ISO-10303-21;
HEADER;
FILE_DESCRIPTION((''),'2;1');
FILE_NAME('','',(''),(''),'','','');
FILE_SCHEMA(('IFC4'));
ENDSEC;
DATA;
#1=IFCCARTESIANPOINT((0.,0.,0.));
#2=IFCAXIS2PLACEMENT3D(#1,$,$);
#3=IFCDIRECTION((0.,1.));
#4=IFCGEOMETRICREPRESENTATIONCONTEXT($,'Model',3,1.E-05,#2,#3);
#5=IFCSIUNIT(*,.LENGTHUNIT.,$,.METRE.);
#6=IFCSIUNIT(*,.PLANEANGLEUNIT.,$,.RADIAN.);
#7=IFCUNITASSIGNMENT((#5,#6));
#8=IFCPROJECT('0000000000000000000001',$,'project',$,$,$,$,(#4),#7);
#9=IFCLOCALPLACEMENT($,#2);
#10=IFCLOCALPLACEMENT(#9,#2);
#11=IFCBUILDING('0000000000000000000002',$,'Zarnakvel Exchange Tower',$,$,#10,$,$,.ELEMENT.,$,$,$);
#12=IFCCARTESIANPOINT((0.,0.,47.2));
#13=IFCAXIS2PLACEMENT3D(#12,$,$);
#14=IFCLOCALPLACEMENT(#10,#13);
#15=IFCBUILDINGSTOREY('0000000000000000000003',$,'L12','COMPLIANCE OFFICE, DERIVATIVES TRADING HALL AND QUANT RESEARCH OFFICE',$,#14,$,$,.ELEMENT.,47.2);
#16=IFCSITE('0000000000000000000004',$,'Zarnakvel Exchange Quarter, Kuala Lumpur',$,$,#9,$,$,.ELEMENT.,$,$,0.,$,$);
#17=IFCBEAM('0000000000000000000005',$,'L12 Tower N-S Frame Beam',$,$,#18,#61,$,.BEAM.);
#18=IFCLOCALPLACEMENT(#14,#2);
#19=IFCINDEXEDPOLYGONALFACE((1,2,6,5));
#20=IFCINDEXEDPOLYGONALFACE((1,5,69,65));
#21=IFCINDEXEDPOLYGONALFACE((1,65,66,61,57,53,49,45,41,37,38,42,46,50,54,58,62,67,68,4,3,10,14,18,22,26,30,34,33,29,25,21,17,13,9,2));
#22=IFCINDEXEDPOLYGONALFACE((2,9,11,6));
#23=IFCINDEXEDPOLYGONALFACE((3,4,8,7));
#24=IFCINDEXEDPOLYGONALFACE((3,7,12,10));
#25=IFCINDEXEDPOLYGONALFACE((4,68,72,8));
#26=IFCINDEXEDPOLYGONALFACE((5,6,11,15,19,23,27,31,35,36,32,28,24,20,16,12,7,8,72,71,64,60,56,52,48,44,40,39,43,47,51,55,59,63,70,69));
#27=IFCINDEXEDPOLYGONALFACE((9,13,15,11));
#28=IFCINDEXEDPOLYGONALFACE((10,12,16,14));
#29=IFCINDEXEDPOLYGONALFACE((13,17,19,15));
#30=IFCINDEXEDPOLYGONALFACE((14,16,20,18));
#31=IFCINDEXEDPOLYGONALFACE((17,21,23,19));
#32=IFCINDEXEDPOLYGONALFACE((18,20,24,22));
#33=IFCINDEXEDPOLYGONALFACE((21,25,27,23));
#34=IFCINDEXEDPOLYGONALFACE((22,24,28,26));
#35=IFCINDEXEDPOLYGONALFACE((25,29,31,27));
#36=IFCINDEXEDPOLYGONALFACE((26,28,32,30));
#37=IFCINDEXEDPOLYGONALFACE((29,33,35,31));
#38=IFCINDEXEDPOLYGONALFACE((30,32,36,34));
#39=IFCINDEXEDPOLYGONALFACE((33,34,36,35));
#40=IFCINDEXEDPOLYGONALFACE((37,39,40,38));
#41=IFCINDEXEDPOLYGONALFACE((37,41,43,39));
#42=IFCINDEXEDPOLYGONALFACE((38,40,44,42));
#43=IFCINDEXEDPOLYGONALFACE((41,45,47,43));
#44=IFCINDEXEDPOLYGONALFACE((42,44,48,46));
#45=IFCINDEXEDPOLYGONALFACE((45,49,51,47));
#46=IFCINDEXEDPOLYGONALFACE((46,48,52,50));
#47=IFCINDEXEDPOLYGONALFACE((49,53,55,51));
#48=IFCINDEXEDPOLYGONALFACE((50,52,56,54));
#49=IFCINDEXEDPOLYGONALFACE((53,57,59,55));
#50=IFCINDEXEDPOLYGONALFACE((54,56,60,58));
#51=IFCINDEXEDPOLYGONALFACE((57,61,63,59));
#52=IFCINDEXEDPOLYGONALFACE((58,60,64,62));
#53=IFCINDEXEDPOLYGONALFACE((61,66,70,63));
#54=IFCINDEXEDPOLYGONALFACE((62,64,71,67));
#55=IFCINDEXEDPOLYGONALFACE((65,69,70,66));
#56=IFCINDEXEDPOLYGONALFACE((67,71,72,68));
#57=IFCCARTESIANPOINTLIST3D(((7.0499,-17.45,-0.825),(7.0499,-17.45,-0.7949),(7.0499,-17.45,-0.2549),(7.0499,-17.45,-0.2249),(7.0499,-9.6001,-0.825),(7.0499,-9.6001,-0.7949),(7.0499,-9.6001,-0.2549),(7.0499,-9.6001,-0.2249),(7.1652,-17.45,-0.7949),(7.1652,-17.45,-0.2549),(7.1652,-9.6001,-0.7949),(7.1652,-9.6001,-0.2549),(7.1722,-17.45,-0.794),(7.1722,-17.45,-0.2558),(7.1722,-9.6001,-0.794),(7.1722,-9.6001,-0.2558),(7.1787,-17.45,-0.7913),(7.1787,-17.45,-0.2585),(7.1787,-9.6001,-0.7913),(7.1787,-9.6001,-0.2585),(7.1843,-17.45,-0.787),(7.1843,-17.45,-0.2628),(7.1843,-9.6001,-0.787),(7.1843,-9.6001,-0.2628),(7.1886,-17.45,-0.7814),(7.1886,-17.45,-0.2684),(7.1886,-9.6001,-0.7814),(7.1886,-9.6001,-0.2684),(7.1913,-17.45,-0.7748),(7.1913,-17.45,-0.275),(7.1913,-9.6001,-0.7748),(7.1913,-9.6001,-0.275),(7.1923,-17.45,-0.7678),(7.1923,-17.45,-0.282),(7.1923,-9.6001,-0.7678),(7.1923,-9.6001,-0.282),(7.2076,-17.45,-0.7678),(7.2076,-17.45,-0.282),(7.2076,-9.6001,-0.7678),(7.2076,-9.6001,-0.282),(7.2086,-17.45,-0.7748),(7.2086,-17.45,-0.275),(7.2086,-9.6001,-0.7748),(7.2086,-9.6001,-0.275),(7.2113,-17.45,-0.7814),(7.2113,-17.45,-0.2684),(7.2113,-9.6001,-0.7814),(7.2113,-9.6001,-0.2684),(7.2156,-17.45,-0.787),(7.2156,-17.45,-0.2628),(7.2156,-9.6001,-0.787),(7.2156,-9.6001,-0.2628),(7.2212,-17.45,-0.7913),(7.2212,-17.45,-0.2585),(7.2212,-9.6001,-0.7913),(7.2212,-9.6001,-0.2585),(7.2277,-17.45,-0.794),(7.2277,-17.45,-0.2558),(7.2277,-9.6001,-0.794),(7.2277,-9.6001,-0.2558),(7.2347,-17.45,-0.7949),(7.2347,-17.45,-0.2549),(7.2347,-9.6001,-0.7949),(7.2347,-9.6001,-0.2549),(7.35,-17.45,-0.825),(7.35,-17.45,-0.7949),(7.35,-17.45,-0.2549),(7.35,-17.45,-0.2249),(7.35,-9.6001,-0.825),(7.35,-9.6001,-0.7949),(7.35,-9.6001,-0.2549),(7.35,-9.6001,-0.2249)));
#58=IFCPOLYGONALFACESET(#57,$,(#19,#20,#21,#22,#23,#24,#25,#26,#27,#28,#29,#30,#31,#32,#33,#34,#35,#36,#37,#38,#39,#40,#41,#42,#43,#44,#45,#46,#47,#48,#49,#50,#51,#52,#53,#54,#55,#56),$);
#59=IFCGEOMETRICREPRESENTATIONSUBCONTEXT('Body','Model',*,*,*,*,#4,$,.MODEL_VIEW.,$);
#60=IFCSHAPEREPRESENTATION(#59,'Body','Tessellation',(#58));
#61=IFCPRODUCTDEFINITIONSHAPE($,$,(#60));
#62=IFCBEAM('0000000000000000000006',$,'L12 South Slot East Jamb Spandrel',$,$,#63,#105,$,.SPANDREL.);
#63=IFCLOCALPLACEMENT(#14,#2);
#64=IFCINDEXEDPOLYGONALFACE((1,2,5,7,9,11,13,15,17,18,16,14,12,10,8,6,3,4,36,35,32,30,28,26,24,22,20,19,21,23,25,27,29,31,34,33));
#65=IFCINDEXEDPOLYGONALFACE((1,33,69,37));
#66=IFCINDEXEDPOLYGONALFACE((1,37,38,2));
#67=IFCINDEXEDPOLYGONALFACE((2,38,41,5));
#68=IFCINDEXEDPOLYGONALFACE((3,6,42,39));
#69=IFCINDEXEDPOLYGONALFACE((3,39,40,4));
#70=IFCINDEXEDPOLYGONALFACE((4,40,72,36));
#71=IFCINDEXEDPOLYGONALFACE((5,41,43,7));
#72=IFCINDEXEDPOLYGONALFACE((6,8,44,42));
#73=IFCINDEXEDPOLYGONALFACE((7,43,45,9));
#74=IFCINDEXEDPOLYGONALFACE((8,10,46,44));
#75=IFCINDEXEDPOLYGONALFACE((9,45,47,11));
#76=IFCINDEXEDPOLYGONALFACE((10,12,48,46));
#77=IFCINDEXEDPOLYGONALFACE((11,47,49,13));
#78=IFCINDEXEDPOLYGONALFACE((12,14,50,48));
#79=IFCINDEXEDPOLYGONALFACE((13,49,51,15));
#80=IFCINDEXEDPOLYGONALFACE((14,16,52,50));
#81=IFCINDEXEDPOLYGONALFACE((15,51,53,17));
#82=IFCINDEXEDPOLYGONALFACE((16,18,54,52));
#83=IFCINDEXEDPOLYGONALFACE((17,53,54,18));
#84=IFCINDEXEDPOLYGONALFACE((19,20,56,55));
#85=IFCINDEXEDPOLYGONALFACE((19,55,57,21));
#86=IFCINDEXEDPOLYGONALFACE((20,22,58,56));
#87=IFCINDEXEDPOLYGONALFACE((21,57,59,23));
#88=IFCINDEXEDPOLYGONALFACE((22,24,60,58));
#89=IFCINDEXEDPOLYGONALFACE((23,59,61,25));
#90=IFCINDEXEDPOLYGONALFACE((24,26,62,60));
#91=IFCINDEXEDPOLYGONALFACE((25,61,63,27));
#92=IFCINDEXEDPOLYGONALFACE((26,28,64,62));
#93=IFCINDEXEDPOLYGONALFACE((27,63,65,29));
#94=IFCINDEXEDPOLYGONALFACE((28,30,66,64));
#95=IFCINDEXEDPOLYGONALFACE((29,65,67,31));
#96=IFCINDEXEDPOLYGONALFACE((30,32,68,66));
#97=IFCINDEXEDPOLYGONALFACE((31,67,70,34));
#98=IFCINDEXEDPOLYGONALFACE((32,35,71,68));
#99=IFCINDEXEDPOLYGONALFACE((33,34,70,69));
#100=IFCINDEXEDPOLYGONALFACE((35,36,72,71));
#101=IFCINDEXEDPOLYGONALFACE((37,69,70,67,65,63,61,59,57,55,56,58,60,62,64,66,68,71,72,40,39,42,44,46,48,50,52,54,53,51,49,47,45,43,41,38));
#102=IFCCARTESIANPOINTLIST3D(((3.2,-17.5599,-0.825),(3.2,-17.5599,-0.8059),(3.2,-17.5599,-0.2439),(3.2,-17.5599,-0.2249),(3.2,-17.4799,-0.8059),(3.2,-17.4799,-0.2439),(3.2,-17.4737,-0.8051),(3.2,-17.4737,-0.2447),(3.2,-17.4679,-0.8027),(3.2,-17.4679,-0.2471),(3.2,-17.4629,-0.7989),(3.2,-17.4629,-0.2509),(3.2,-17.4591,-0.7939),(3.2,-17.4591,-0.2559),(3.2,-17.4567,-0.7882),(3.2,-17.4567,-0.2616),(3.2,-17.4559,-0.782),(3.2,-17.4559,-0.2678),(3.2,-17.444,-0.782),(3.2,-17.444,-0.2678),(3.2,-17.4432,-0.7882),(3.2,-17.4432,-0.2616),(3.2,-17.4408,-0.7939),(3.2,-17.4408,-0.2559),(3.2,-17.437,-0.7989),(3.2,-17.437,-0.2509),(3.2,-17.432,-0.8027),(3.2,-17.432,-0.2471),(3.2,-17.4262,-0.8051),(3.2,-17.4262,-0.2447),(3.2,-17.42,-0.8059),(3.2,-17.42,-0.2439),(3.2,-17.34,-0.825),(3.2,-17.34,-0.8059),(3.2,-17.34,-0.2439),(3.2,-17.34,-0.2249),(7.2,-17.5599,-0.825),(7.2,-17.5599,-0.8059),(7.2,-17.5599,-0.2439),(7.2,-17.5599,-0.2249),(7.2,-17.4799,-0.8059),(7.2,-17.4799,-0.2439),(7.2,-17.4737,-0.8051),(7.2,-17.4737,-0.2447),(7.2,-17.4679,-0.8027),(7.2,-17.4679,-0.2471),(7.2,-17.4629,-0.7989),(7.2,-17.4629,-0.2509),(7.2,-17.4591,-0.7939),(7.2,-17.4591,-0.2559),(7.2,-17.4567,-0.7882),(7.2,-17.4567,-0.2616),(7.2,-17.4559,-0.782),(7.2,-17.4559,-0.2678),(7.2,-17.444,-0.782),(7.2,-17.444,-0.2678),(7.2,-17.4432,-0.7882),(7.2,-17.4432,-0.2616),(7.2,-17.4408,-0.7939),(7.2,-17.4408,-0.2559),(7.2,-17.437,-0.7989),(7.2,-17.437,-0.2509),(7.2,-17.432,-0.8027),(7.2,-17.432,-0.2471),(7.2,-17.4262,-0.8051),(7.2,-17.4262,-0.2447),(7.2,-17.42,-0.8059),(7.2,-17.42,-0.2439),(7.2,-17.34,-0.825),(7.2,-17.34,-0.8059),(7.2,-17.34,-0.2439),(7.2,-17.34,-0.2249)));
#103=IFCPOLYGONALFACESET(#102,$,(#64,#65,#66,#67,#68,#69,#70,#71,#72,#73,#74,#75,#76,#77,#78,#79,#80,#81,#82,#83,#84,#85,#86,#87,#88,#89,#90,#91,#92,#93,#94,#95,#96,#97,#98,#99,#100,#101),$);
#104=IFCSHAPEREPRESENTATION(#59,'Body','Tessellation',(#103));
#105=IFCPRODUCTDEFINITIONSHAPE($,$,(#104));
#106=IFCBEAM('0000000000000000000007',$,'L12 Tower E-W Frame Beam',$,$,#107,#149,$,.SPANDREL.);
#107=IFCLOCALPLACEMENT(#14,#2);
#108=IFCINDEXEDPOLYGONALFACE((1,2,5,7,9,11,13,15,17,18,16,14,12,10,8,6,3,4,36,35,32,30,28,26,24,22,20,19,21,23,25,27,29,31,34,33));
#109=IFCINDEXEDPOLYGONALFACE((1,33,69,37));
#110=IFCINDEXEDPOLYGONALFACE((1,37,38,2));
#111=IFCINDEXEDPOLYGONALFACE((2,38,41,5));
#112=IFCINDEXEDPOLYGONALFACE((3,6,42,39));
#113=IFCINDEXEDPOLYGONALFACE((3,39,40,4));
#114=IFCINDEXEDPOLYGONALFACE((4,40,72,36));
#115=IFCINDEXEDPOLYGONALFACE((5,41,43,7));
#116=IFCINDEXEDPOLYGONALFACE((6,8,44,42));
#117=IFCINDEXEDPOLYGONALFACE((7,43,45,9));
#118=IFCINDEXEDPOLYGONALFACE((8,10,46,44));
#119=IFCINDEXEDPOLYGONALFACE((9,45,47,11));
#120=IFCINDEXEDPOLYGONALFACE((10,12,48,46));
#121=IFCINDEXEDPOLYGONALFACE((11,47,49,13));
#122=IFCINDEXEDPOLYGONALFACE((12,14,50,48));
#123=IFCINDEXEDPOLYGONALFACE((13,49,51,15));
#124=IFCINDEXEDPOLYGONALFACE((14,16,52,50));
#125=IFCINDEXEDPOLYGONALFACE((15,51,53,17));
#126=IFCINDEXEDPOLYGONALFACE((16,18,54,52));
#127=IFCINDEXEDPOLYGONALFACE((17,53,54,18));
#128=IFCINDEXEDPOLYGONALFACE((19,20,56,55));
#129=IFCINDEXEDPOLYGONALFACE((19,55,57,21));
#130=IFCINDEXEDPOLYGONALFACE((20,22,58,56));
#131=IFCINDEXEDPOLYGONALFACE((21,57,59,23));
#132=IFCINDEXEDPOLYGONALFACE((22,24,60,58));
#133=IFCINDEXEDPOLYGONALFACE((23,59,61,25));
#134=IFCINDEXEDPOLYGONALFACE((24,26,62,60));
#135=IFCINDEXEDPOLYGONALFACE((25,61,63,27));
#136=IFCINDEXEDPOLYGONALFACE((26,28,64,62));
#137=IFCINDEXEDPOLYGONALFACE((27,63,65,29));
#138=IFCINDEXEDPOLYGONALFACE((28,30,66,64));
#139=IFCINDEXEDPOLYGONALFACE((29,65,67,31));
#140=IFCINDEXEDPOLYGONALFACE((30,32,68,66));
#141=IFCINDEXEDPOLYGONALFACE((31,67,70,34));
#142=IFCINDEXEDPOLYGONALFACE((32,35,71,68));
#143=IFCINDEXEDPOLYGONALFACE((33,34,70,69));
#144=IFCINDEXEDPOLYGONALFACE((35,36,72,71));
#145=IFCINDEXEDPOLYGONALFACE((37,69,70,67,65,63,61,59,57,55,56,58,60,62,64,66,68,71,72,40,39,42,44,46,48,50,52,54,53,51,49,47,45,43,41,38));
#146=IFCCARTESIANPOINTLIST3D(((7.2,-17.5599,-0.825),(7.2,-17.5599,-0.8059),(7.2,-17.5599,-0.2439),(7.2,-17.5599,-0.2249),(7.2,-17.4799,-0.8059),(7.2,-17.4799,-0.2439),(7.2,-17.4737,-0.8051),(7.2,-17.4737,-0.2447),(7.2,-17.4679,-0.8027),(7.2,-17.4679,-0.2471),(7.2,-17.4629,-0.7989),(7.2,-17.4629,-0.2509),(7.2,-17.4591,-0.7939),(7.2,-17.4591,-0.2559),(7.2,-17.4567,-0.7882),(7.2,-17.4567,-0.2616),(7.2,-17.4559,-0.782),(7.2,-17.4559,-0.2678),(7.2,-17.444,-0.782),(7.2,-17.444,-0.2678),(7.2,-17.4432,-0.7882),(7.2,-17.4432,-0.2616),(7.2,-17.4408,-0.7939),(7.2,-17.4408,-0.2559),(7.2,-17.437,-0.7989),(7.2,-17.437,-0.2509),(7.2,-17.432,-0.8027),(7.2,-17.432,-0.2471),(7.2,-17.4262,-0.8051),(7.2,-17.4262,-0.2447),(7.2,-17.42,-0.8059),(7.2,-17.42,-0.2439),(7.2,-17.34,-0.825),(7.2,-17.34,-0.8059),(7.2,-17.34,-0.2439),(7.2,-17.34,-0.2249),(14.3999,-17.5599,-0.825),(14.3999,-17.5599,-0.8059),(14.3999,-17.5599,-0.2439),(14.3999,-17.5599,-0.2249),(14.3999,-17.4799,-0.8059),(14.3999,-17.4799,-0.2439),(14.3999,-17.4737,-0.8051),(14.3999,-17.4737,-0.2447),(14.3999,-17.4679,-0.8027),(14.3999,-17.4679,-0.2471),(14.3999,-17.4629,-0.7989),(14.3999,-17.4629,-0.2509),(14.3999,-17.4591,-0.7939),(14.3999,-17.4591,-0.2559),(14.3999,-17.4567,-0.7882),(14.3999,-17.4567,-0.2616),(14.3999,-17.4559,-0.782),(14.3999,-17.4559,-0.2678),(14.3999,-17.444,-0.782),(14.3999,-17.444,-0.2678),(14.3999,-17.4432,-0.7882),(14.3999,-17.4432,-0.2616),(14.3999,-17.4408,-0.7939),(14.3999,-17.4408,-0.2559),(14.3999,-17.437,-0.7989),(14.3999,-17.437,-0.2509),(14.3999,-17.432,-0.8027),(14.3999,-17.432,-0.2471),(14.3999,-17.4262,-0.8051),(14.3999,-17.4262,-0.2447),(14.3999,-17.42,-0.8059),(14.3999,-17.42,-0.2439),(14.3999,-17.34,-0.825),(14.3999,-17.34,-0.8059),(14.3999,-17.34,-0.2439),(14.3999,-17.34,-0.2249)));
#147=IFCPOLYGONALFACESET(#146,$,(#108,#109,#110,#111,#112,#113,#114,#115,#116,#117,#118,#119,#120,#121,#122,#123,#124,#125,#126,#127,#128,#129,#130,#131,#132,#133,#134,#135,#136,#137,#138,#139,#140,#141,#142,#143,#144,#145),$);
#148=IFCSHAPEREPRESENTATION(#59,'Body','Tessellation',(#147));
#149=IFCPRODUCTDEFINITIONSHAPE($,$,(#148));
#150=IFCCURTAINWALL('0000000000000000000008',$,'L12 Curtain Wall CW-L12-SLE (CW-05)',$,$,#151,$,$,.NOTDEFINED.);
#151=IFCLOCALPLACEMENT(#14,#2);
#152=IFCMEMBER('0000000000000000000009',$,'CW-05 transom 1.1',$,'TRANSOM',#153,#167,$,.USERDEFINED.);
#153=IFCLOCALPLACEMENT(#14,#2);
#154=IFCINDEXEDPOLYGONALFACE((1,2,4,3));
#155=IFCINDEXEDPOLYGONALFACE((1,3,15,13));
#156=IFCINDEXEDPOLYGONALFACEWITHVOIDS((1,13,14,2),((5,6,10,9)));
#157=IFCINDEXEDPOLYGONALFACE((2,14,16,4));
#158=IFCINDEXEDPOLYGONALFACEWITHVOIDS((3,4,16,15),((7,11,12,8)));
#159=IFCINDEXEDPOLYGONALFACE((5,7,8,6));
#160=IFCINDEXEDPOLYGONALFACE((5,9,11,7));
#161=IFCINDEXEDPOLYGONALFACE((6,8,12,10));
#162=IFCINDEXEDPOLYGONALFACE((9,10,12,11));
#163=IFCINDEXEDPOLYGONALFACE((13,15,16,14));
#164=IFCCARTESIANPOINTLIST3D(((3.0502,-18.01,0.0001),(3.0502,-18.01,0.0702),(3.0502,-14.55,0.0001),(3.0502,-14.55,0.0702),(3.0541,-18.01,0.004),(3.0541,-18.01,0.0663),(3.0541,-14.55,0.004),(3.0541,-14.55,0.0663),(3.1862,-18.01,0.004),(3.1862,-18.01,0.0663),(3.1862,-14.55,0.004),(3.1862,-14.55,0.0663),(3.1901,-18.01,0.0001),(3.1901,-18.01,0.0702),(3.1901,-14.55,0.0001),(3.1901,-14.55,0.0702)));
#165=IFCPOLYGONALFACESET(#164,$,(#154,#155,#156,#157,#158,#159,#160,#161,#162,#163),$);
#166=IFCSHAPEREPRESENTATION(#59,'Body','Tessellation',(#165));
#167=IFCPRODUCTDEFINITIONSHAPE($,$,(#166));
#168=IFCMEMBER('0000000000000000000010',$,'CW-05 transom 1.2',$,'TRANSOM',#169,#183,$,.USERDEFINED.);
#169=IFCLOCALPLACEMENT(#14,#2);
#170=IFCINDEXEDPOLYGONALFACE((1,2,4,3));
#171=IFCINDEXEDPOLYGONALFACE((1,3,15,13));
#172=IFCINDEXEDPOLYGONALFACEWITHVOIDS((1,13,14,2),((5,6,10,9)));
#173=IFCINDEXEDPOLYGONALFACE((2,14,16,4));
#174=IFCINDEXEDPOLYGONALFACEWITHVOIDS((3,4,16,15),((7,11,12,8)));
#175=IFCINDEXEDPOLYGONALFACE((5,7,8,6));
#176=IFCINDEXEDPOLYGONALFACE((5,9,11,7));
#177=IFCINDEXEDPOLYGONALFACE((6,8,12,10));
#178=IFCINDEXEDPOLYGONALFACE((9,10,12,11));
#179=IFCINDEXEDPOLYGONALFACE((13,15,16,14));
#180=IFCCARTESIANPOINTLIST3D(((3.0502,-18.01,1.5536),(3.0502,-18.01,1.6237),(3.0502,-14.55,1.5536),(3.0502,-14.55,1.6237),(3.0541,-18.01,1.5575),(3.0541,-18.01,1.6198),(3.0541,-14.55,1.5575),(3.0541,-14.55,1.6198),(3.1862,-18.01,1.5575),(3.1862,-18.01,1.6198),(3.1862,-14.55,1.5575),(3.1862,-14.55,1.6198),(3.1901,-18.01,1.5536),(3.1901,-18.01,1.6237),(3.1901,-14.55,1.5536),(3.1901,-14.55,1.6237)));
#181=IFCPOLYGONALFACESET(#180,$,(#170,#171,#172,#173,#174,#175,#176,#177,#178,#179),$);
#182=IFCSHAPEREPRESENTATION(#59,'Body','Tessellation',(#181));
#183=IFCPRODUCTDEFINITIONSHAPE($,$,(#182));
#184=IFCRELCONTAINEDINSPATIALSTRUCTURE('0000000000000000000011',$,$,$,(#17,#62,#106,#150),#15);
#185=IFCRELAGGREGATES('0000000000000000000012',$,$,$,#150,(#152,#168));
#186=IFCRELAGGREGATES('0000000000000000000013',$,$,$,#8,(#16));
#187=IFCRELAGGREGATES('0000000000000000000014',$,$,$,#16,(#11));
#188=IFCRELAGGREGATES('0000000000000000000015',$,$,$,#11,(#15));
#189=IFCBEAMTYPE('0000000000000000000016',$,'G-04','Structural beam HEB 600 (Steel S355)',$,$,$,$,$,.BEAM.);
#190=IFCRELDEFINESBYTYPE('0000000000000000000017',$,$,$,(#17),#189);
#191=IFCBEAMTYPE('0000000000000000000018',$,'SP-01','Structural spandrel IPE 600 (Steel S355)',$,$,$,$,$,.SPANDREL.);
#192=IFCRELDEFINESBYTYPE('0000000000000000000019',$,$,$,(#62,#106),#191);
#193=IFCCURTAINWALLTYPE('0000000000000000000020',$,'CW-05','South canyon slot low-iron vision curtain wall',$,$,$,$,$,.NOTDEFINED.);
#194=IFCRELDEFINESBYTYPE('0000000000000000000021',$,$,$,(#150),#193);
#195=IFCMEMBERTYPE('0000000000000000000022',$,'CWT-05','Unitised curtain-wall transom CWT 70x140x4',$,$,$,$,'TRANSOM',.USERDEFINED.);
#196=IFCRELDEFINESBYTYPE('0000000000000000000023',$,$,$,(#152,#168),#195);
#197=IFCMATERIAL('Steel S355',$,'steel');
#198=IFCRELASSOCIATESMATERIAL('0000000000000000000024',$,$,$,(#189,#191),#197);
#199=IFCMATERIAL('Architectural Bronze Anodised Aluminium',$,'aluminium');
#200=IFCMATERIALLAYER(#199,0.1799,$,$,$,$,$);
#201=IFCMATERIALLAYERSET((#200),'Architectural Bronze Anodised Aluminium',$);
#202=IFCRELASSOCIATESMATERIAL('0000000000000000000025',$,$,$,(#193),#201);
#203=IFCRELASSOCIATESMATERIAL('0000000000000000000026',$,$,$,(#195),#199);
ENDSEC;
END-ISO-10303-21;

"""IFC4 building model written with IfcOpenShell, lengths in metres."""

from ifc_helpers import new_model, si_unit, direction, frame, origin, origin_2d, place, context, subcontext, project, spatial, hollow_rectangle, i_section, extrude, source, transform, mapped, material, layer, layer_set, material_profile, profile_set, type_object, element, aggregate, save


model = new_model("IFC4")

# Units and contexts
model_context = context("Model", 3, precision=1e-05, world=origin(), true_north=direction((0.0, 1.0)))
body_context = subcontext(model_context, "Body", "Model", "MODEL_VIEW")
ifc_project = project(units=[si_unit("LENGTHUNIT", "METRE"), si_unit("PLANEANGLEUNIT", "RADIAN")], contexts=[model_context])

# Site, building, storey
site_placement = place(None, origin())
site = spatial("IfcSite", under=ifc_project, at=site_placement, Name="Zarnakvel Exchange Quarter, Kuala Lumpur", CompositionType="ELEMENT", RefElevation=0.0)
building_placement = place(site_placement, origin())
building = spatial("IfcBuilding", under=site, at=building_placement, Name="Zarnakvel Exchange Tower", CompositionType="ELEMENT")
storey_placement = place(building_placement, frame((0.0, 0.0, 47.2)))
storey = spatial("IfcBuildingStorey", under=building, at=storey_placement, Name="L12", Description="COMPLIANCE OFFICE, DERIVATIVES TRADING HALL AND QUANT RESEARCH OFFICE", CompositionType="ELEMENT", Elevation=47.2)

# Beams
ifc_material_1 = material(Name="Steel S355", Category="steel")
ifc_material_profile_1 = material_profile(ifc_material_1, i_section(OverallWidth=0.3, OverallDepth=0.6001, WebThickness=0.0154, FlangeThickness=0.03, FilletRadius=0.0271, at=origin_2d()))
ifc_profile_set_1 = profile_set([ifc_material_profile_1], Name="Steel S355")
beam_type_1 = type_object("IfcBeamType", Name="G-04", Description="Structural beam HEB 600 (Steel S355)", PredefinedType="BEAM", material=ifc_profile_set_1)
beam_1_placement = place(storey_placement, frame((7.2, -17.45, -0.5249), z_axis=(0.0, 1.0, 0.0), x_axis=(-1.0, 0.0, 0.0)))
element("IfcBeam", 1, at=beam_1_placement, inside=storey, type_object=beam_type_1, Name="L12 Tower N-S Frame Beam", PredefinedType="BEAM", context=body_context, shape_type="SweptSolid", body=[
    extrude(i_section(OverallWidth=0.3, OverallDepth=0.6001, WebThickness=0.0154, FlangeThickness=0.03, FilletRadius=0.0271, at=origin_2d()), origin(), (0.0, 0.0, 1.0), 7.8499),
])
ifc_material_profile_2 = material_profile(ifc_material_1, i_section(OverallWidth=0.22, OverallDepth=0.6001, WebThickness=0.012, FlangeThickness=0.019, FilletRadius=0.0239, at=origin_2d()))
ifc_profile_set_2 = profile_set([ifc_material_profile_2], Name="Steel S355")
beam_type_2 = type_object("IfcBeamType", Name="SP-01", Description="Structural spandrel IPE 600 (Steel S355)", PredefinedType="SPANDREL", material=ifc_profile_set_2)
beam_2_placement = place(storey_placement, frame((3.2, -17.45, -0.5249), z_axis=(1.0, 0.0, 0.0), x_axis=(0.0, 1.0, 0.0)))
element("IfcBeam", 2, at=beam_2_placement, inside=storey, type_object=beam_type_2, Name="L12 South Slot East Jamb Spandrel", PredefinedType="SPANDREL", context=body_context, shape_type="SweptSolid", body=[
    extrude(i_section(OverallWidth=0.22, OverallDepth=0.6001, WebThickness=0.012, FlangeThickness=0.019, FilletRadius=0.0239, at=origin_2d()), origin(), (0.0, 0.0, 1.0), 4.0),
])
beam_3_placement = place(storey_placement, frame((7.2, -17.45, -0.5249), z_axis=(1.0, 0.0, 0.0), x_axis=(0.0, 1.0, 0.0)))
element("IfcBeam", 3, at=beam_3_placement, inside=storey, type_object=beam_type_2, Name="L12 Tower E-W Frame Beam", PredefinedType="SPANDREL", context=body_context, shape_type="SweptSolid", body=[
    extrude(i_section(OverallWidth=0.22, OverallDepth=0.6001, WebThickness=0.012, FlangeThickness=0.019, FilletRadius=0.0239, at=origin_2d()), origin(), (0.0, 0.0, 1.0), 7.2),
])

# Curtain wall, members
ifc_material_2 = material(Name="Architectural Bronze Anodised Aluminium", Category="aluminium")
ifc_layer_1 = layer(ifc_material_2, 0.1799)
ifc_layer_set_1 = layer_set([ifc_layer_1], Name="Architectural Bronze Anodised Aluminium")
curtain_wall_type = type_object("IfcCurtainWallType", Name="CW-05", Description="South canyon slot low-iron vision curtain wall", PredefinedType="NOTDEFINED", material=ifc_layer_set_1)
curtain_wall_1_placement = place(storey_placement, origin())
curtain_wall_1 = element("IfcCurtainWall", 4, at=curtain_wall_1_placement, inside=storey, type_object=curtain_wall_type, Name="L12 Curtain Wall CW-L12-SLE (CW-05)", PredefinedType="NOTDEFINED")
ifc_material_profile_3 = material_profile(ifc_material_2, hollow_rectangle(XDim=0.1399, YDim=0.0701, WallThickness=0.0039, at=origin_2d()))
ifc_profile_set_3 = profile_set([ifc_material_profile_3], Name="Architectural Bronze Anodised Aluminium")
member_type_1 = type_object("IfcMemberType", Name="CWT-05", Description="Unitised curtain-wall transom CWT 70x140x4", ElementType="TRANSOM", PredefinedType="USERDEFINED", material=ifc_profile_set_3)
shared_shape_1 = source(origin(), body_context, "Body", "SweptSolid", [
    extrude(hollow_rectangle(XDim=0.1399, YDim=0.0701, WallThickness=0.0039, at=origin_2d()), origin(), (0.0, 0.0, 1.0), 3.46),
])
member_1_placement = place(storey_placement, frame((3.1201, -14.55, 0.0352), z_axis=(0.0, -1.0, 0.0), x_axis=(1.0, 0.0, 0.0)))
member_1 = element("IfcMember", 5, at=member_1_placement, type_object=member_type_1, Name="CW-05 transom 1.1", ObjectType="TRANSOM", PredefinedType="USERDEFINED", context=body_context, shape_type="MappedRepresentation", body=[
    mapped(shared_shape_1, transform((0.0, 0.0, 0.0), x_axis=(1.0, 0.0, 0.0), y_axis=(0.0, 1.0, 0.0), z_axis=(0.0, 0.0, 1.0), scale=1.0)),
])
member_2_placement = place(storey_placement, frame((3.1201, -14.55, 1.5886), z_axis=(0.0, -1.0, 0.0), x_axis=(1.0, 0.0, 0.0)))
member_2 = element("IfcMember", 6, at=member_2_placement, type_object=member_type_1, Name="CW-05 transom 1.2", ObjectType="TRANSOM", PredefinedType="USERDEFINED", context=body_context, shape_type="MappedRepresentation", body=[
    mapped(shared_shape_1, transform((0.0, 0.0, 0.0), x_axis=(1.0, 0.0, 0.0), y_axis=(0.0, 1.0, 0.0), z_axis=(0.0, 0.0, 1.0), scale=1.0)),
])

aggregate(curtain_wall_1, [member_1, member_2])

save(model, "model.ifc")
